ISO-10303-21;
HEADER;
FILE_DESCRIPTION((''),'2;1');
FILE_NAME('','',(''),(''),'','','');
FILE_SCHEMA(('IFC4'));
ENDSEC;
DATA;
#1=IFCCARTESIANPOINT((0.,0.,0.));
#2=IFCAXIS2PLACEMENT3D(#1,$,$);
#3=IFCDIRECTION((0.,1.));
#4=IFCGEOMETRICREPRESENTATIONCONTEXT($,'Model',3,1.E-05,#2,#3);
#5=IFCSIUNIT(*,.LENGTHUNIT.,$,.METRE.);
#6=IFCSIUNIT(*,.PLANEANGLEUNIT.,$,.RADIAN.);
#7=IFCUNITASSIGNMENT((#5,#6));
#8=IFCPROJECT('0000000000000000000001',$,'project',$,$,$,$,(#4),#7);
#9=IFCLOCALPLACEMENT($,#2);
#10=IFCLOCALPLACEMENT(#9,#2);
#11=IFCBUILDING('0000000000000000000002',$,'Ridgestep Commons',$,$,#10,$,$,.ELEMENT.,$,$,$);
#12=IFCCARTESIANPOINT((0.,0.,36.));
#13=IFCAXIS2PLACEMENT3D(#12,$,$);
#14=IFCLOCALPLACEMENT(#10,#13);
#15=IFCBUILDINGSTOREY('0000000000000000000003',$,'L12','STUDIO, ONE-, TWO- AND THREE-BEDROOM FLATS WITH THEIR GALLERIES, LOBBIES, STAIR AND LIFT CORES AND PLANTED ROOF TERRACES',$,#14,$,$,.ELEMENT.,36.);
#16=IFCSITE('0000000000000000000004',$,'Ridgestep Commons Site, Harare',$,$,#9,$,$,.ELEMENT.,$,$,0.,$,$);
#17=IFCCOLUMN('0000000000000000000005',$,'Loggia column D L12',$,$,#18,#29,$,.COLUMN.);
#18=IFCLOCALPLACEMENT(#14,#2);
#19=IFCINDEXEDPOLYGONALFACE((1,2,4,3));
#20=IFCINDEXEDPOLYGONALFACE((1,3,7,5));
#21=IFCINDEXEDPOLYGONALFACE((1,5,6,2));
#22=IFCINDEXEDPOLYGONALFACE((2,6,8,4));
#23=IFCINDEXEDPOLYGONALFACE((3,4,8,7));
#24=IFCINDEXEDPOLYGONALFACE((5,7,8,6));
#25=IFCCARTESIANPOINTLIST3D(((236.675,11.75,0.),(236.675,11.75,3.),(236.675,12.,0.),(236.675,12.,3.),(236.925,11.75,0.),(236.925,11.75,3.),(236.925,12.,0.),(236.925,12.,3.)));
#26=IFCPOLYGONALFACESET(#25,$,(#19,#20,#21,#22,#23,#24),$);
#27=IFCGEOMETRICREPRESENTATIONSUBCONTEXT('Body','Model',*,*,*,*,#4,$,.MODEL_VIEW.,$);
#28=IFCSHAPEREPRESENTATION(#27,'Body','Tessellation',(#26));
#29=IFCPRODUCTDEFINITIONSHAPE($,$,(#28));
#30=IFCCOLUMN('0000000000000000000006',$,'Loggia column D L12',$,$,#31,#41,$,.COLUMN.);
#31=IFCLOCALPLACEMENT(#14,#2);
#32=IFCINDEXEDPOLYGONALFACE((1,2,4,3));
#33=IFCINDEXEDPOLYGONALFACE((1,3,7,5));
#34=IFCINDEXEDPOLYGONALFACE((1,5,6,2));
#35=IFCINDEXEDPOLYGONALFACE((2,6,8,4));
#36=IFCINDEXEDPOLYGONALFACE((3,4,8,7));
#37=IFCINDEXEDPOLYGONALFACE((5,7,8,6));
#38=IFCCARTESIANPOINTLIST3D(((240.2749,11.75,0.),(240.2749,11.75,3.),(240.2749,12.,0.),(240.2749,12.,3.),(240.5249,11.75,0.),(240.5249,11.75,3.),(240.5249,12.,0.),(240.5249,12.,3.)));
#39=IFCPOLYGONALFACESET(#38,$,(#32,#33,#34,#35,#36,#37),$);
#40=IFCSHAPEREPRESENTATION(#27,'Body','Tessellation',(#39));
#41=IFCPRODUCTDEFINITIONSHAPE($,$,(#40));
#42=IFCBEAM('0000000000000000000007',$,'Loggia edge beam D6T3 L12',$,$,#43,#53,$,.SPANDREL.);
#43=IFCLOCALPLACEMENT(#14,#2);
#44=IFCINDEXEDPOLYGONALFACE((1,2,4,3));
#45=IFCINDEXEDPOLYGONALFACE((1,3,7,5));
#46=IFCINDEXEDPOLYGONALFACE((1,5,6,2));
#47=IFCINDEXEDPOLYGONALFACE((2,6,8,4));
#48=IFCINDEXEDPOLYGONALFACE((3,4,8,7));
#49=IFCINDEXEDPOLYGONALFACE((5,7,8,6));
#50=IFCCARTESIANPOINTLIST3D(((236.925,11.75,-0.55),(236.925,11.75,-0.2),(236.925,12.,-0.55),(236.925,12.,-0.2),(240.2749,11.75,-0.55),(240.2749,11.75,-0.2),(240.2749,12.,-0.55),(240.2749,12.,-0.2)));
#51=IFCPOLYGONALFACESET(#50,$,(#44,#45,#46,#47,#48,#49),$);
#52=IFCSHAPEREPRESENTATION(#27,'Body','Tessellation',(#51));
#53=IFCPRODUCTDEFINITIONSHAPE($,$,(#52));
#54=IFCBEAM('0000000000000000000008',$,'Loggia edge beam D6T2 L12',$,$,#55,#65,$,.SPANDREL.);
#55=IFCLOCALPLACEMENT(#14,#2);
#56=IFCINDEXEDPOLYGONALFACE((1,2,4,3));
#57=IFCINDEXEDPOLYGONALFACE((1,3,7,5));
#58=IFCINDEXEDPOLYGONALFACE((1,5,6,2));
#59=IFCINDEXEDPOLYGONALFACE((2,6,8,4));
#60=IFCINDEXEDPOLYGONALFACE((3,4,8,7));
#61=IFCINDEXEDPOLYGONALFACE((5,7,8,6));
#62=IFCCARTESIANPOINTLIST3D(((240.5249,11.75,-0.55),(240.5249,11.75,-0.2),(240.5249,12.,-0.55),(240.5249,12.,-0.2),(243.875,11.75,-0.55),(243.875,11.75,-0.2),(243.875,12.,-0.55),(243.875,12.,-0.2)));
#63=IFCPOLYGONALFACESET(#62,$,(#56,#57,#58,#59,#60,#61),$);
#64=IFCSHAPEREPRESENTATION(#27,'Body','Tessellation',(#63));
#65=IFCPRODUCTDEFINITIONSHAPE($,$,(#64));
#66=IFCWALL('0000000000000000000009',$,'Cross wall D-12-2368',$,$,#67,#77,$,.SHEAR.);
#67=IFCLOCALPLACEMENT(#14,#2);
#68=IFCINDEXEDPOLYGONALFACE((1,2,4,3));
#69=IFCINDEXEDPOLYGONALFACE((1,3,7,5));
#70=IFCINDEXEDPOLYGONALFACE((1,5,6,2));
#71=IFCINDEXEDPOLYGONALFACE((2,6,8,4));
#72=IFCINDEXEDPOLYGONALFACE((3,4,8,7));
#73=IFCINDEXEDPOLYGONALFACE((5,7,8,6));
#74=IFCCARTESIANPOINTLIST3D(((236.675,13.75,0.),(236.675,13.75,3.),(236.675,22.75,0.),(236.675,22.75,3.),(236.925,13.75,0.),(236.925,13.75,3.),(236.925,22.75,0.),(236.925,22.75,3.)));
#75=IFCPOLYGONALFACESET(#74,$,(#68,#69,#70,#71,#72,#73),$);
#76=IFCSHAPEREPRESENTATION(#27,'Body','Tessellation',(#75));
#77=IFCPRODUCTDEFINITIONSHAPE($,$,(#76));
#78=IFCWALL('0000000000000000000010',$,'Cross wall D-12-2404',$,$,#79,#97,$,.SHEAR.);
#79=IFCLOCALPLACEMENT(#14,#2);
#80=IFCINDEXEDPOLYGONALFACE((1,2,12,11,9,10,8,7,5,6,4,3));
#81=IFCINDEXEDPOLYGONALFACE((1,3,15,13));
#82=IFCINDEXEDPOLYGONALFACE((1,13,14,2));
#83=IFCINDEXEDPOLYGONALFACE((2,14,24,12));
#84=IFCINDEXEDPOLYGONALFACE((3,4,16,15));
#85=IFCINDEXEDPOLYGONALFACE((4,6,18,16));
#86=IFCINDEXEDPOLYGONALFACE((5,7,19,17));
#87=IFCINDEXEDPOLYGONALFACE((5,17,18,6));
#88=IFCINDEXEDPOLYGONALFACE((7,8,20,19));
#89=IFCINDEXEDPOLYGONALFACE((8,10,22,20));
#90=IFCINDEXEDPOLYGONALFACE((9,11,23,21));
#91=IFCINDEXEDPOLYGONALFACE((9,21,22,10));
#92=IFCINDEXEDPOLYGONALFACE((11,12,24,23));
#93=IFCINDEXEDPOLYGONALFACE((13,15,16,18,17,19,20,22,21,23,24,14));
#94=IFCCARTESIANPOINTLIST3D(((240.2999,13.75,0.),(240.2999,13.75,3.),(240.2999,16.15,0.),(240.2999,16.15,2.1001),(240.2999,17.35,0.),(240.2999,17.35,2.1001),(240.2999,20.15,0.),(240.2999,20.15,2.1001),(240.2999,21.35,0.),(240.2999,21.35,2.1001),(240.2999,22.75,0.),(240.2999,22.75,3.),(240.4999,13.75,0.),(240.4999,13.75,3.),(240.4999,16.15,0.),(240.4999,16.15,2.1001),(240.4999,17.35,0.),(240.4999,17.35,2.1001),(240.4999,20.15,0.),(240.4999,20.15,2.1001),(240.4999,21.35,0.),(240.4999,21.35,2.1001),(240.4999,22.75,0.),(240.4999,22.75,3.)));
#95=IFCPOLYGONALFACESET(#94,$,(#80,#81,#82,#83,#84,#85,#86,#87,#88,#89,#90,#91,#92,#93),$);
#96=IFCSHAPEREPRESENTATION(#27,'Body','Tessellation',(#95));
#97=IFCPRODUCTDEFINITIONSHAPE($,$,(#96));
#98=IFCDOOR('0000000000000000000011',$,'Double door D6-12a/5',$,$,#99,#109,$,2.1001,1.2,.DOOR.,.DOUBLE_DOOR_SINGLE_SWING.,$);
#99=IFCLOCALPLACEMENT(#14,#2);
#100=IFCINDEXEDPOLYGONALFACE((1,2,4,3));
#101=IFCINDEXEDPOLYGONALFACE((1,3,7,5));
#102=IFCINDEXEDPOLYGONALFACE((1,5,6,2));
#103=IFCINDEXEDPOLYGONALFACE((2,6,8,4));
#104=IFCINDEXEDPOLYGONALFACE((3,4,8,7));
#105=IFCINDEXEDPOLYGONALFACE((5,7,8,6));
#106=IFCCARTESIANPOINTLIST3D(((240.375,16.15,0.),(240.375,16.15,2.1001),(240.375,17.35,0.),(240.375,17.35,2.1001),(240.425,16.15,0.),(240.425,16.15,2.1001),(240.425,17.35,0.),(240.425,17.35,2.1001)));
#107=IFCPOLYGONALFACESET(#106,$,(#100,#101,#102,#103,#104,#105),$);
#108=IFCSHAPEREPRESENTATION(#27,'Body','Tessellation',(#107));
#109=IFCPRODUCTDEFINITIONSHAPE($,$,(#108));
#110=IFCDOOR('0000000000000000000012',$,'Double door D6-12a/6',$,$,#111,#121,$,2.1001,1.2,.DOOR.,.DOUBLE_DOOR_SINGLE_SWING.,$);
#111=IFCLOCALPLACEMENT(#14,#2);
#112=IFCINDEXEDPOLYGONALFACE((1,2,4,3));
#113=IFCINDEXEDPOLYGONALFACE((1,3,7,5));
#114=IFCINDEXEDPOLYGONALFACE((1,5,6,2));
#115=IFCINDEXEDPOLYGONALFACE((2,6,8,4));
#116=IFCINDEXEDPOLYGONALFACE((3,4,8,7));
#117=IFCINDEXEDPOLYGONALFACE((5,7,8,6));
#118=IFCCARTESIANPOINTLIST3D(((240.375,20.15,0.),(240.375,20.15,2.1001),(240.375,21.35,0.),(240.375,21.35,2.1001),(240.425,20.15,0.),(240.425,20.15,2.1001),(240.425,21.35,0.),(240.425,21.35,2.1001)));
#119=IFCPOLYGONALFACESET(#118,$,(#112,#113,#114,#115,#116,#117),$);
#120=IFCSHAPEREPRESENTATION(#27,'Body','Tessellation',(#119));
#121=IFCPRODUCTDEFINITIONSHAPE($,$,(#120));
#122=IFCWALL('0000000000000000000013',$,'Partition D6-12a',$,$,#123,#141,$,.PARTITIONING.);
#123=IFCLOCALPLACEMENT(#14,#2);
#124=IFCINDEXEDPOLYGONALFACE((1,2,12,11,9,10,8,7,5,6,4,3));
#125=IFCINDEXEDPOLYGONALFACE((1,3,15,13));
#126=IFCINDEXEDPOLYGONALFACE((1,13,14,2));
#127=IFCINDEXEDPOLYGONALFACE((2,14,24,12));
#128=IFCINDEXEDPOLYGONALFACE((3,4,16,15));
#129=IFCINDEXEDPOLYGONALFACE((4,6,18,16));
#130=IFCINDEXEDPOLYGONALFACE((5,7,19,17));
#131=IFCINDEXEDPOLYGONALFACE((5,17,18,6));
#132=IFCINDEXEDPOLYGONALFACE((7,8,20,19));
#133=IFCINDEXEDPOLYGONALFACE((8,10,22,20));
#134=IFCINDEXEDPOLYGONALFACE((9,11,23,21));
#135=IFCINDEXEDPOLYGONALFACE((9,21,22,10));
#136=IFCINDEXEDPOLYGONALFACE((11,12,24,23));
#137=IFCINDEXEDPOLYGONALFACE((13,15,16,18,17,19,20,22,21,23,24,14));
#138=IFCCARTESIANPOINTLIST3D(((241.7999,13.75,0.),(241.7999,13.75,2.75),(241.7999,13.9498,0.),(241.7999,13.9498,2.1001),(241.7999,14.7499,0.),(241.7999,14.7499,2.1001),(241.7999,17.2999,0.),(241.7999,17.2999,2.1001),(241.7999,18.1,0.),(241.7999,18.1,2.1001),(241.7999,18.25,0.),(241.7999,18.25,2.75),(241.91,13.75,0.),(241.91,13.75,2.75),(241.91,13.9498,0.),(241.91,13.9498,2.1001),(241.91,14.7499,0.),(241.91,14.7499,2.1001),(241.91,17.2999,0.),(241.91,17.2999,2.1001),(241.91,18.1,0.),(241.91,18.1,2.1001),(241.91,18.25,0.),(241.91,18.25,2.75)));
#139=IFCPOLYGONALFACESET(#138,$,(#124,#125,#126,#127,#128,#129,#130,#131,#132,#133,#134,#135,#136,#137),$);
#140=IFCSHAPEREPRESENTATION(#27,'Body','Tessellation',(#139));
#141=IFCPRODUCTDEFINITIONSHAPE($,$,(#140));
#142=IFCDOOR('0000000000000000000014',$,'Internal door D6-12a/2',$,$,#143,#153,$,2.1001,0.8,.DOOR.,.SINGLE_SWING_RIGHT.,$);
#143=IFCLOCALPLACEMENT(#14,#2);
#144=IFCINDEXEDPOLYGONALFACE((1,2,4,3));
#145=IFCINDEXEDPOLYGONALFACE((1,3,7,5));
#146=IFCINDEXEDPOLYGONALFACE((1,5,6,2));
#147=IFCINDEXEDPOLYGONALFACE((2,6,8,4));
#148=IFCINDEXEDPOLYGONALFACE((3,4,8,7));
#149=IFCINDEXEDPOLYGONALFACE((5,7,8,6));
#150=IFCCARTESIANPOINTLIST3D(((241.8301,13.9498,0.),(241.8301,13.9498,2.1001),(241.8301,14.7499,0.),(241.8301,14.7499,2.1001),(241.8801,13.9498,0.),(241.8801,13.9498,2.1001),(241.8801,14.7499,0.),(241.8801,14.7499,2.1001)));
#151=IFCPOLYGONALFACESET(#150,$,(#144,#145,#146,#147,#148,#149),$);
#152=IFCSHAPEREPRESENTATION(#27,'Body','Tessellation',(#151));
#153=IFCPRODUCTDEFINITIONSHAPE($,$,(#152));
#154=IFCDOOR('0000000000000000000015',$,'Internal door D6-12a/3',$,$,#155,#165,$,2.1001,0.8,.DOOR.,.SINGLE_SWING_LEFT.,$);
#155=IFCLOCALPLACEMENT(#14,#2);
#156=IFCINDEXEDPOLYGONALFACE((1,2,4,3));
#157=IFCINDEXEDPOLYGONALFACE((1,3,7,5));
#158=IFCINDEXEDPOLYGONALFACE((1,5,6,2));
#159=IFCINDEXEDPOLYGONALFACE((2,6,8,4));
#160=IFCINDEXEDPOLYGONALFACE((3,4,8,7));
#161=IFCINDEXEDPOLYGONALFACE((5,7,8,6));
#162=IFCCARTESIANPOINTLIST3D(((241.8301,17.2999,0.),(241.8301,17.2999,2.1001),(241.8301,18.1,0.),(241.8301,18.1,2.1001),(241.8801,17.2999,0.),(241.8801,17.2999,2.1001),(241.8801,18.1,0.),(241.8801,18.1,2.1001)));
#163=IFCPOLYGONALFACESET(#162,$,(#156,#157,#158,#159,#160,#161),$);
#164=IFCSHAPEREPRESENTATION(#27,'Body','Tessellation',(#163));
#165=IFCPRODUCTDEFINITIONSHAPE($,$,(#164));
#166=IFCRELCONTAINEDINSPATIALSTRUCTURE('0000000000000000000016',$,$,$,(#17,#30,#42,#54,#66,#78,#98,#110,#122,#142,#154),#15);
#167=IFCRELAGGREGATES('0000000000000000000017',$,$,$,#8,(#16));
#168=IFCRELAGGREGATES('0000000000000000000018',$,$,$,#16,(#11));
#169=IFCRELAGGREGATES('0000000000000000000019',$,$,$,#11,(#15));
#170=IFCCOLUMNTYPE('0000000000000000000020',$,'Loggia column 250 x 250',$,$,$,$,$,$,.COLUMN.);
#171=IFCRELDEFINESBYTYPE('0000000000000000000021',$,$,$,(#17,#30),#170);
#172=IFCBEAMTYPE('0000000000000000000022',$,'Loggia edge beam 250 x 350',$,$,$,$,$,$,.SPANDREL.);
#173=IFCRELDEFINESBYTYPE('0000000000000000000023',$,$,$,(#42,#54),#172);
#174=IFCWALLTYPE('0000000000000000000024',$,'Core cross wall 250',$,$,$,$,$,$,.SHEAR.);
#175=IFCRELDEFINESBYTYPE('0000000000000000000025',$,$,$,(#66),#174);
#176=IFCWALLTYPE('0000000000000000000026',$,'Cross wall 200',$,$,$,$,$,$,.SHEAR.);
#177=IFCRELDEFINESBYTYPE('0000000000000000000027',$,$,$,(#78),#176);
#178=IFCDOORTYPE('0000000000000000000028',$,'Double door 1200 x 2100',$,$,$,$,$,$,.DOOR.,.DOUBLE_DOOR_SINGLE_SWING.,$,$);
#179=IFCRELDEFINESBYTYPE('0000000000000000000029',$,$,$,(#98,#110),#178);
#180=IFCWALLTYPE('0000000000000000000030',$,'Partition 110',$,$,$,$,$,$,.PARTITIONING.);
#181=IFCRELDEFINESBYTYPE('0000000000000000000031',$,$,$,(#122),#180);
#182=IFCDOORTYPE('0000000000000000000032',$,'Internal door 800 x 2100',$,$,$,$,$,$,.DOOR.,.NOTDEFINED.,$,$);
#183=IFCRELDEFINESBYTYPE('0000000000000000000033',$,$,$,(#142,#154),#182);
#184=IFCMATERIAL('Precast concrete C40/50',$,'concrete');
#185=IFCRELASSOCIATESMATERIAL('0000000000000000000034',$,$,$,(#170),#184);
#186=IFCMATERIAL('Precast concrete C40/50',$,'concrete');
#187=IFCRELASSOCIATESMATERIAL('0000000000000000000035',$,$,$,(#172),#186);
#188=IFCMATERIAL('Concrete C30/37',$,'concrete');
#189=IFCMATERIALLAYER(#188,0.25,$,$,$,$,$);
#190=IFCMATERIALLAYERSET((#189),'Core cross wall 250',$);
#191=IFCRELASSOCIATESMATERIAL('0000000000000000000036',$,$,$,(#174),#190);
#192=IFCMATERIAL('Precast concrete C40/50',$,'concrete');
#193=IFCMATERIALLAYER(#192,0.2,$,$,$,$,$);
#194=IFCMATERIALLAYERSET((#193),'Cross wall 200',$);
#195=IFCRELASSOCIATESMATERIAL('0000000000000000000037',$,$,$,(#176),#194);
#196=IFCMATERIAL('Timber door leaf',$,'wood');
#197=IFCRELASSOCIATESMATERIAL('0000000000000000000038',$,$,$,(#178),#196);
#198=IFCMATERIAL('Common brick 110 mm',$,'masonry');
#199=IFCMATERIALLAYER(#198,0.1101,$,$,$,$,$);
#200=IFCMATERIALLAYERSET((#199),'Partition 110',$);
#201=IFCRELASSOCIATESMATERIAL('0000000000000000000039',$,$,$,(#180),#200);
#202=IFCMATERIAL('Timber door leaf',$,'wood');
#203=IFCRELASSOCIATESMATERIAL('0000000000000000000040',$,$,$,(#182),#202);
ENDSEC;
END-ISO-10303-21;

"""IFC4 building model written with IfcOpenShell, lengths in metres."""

from ifc_helpers import new_model, si_unit, direction, frame, frame_2d, origin, origin_2d, place, context, subcontext, project, spatial, rectangle, extrude, material, layer, layer_set, material_profile, profile_set, type_object, element, fill, save


model = new_model("IFC4")

# Units and contexts
model_context = context("Model", 3, precision=1e-05, world=origin(), true_north=direction((0.0, 1.0)))
body_context = subcontext(model_context, "Body", "Model", "MODEL_VIEW")
ifc_project = project(units=[si_unit("LENGTHUNIT", "METRE"), si_unit("PLANEANGLEUNIT", "RADIAN")], contexts=[model_context])

# Site, building, storey
site_placement = place(None, origin())
site = spatial("IfcSite", under=ifc_project, at=site_placement, Name="Ridgestep Commons Site, Harare", CompositionType="ELEMENT", RefElevation=0.0)
building_placement = place(site_placement, origin())
building = spatial("IfcBuilding", under=site, at=building_placement, Name="Ridgestep Commons", CompositionType="ELEMENT")
storey_placement = place(building_placement, frame((0.0, 0.0, 36.0)))
storey = spatial("IfcBuildingStorey", under=building, at=storey_placement, Name="L12", Description="STUDIO, ONE-, TWO- AND THREE-BEDROOM FLATS WITH THEIR GALLERIES, LOBBIES, STAIR AND LIFT CORES AND PLANTED ROOF TERRACES", CompositionType="ELEMENT", Elevation=36.0)

# Columns
ifc_material_1 = material(Name="Precast concrete C40/50", Category="concrete")
ifc_material_profile_1 = material_profile(ifc_material_1, rectangle(XDim=0.25, YDim=0.25, at=origin_2d()), Name="PC 250x250")
ifc_profile_set_1 = profile_set([ifc_material_profile_1], Name="Precast concrete C40/50")
column_type = type_object("IfcColumnType", Name="Loggia column 250 x 250", PredefinedType="COLUMN", material=ifc_profile_set_1)
for number, where, z_axis, x_axis, name in (
    (1, (236.8, 11.875, 0.0), (0.0, 0.0, 1.0), (1.0, 0.0, 0.0), "Loggia column D L12"),
    (2, (240.3999, 11.875, 0.0), (0.0, 0.0, 1.0), (1.0, 0.0, 0.0), "Loggia column D L12"),
):
    element("IfcColumn", number, at=place(storey_placement, frame(where, z_axis=z_axis, x_axis=x_axis)), inside=storey, type_object=column_type, Name=name, PredefinedType="COLUMN", context=body_context, shape_type="SweptSolid", body=[
        extrude(rectangle(XDim=0.25, YDim=0.25, at=origin_2d()), origin(), (0.0, 0.0, 1.0), 3.0),
    ])

# Beams
ifc_material_2 = material(Name="Precast concrete C40/50", Category="concrete")
ifc_material_profile_2 = material_profile(ifc_material_2, rectangle(XDim=0.25, YDim=0.3501, at=origin_2d()), Name="PC 250x350")
ifc_profile_set_2 = profile_set([ifc_material_profile_2], Name="Precast concrete C40/50")
beam_type = type_object("IfcBeamType", Name="Loggia edge beam 250 x 350", PredefinedType="SPANDREL", material=ifc_profile_set_2)
beam_1_placement = place(storey_placement, frame((236.925, 11.875, -0.375), z_axis=(1.0, 0.0, 0.0), x_axis=(0.0, 1.0, 0.0)))
element("IfcBeam", 3, at=beam_1_placement, inside=storey, type_object=beam_type, Name="Loggia edge beam D6T3 L12", PredefinedType="SPANDREL", context=body_context, shape_type="SweptSolid", body=[
    extrude(rectangle(XDim=0.25, YDim=0.3501, at=origin_2d()), origin(), (0.0, 0.0, 1.0), 3.3499),
])
beam_2_placement = place(storey_placement, frame((240.5249, 11.875, -0.375), z_axis=(1.0, 0.0, 0.0), x_axis=(0.0, 1.0, 0.0)))
element("IfcBeam", 4, at=beam_2_placement, inside=storey, type_object=beam_type, Name="Loggia edge beam D6T2 L12", PredefinedType="SPANDREL", context=body_context, shape_type="SweptSolid", body=[
    extrude(rectangle(XDim=0.25, YDim=0.3501, at=origin_2d()), origin(), (0.0, 0.0, 1.0), 3.3501),
])

# Wall
ifc_material_3 = material(Name="Concrete C30/37", Category="concrete")
ifc_layer_1 = layer(ifc_material_3, 0.25)
ifc_layer_set_1 = layer_set([ifc_layer_1], Name="Core cross wall 250")
wall_type_1 = type_object("IfcWallType", Name="Core cross wall 250", PredefinedType="SHEAR", material=ifc_layer_set_1)
wall_1_placement = place(storey_placement, frame((236.8, 13.75, 0.0), z_axis=(0.0, 0.0, 1.0), x_axis=(0.0, 1.0, 0.0)))
element("IfcWall", 5, at=wall_1_placement, inside=storey, type_object=wall_type_1, Name="Cross wall D-12-2368", PredefinedType="SHEAR", context=body_context, shape_type="SweptSolid", body=[
    extrude(rectangle(XDim=9.0, YDim=0.25, at=frame_2d((4.5, 0.0))), origin(), (0.0, 0.0, 1.0), 3.0),
])

# Walls, openings, doors
ifc_material_4 = material(Name="Precast concrete C40/50", Category="concrete")
ifc_layer_2 = layer(ifc_material_4, 0.2)
ifc_layer_set_2 = layer_set([ifc_layer_2], Name="Cross wall 200")
wall_type_2 = type_object("IfcWallType", Name="Cross wall 200", PredefinedType="SHEAR", material=ifc_layer_set_2)
wall_2_placement = place(storey_placement, frame((240.3999, 13.75, 0.0), z_axis=(0.0, 0.0, 1.0), x_axis=(0.0, 1.0, 0.0)))
wall_2 = element("IfcWall", 6, at=wall_2_placement, inside=storey, type_object=wall_type_2, Name="Cross wall D-12-2404", PredefinedType="SHEAR", context=body_context, shape_type="SweptSolid", body=[
    extrude(rectangle(XDim=9.0, YDim=0.2, at=frame_2d((4.5, 0.0))), origin(), (0.0, 0.0, 1.0), 3.0),
])
opening_1_placement = place(wall_2_placement, frame((2.3999, 0.0, 0.0)))
opening_1 = element("IfcOpeningElement", 7, at=opening_1_placement, cuts=wall_2, PredefinedType="OPENING", context=body_context, shape_type="SweptSolid", body=[
    extrude(rectangle(XDim=1.2, YDim=2.1001, at=frame_2d((0.6001, 1.05))), frame((0.0, 0.1099, 0.0), z_axis=(0.0, -1.0, 0.0), x_axis=(1.0, 0.0, 0.0)), (0.0, 0.0, 1.0), 0.22),
])
opening_2_placement = place(wall_2_placement, frame((6.3999, 0.0, 0.0)))
opening_2 = element("IfcOpeningElement", 8, at=opening_2_placement, cuts=wall_2, PredefinedType="OPENING", context=body_context, shape_type="SweptSolid", body=[
    extrude(rectangle(XDim=1.2, YDim=2.1001, at=frame_2d((0.6001, 1.05))), frame((0.0, 0.1099, 0.0), z_axis=(0.0, -1.0, 0.0), x_axis=(1.0, 0.0, 0.0)), (0.0, 0.0, 1.0), 0.22),
])
ifc_material_5 = material(Name="Timber door leaf", Category="wood")
door_type_1 = type_object("IfcDoorType", Name="Double door 1200 x 2100", OperationType="DOUBLE_DOOR_SINGLE_SWING", PredefinedType="DOOR", material=ifc_material_5)
door_1_placement = place(opening_1_placement, origin())
door_1 = element("IfcDoor", 9, at=door_1_placement, inside=storey, type_object=door_type_1, Name="Double door D6-12a/5", OperationType="DOUBLE_DOOR_SINGLE_SWING", OverallHeight=2.1001, OverallWidth=1.2, PredefinedType="DOOR", context=body_context, shape_type="SweptSolid", body=[
    extrude(rectangle(XDim=1.2, YDim=2.1001, at=frame_2d((0.6001, 1.05))), frame((0.0, 0.0249, 0.0), z_axis=(0.0, -1.0, 0.0), x_axis=(1.0, 0.0, 0.0)), (0.0, 0.0, 1.0), 0.05),
])
fill(opening_1, door_1)
door_2_placement = place(opening_2_placement, origin())
door_2 = element("IfcDoor", 10, at=door_2_placement, inside=storey, type_object=door_type_1, Name="Double door D6-12a/6", OperationType="DOUBLE_DOOR_SINGLE_SWING", OverallHeight=2.1001, OverallWidth=1.2, PredefinedType="DOOR", context=body_context, shape_type="SweptSolid", body=[
    extrude(rectangle(XDim=1.2, YDim=2.1001, at=frame_2d((0.6001, 1.05))), frame((0.0, 0.0249, 0.0), z_axis=(0.0, -1.0, 0.0), x_axis=(1.0, 0.0, 0.0)), (0.0, 0.0, 1.0), 0.05),
])
fill(opening_2, door_2)
ifc_material_6 = material(Name="Common brick 110 mm", Category="masonry")
ifc_layer_3 = layer(ifc_material_6, 0.1101)
ifc_layer_set_3 = layer_set([ifc_layer_3], Name="Partition 110")
wall_type_3 = type_object("IfcWallType", Name="Partition 110", PredefinedType="PARTITIONING", material=ifc_layer_set_3)
wall_3_placement = place(storey_placement, frame((241.855, 13.75, 0.0), z_axis=(0.0, 0.0, 1.0), x_axis=(0.0, 1.0, 0.0)))
wall_3 = element("IfcWall", 11, at=wall_3_placement, inside=storey, type_object=wall_type_3, Name="Partition D6-12a", PredefinedType="PARTITIONING", context=body_context, shape_type="SweptSolid", body=[
    extrude(rectangle(XDim=4.5, YDim=0.1101, at=frame_2d((2.25, 0.0))), origin(), (0.0, 0.0, 1.0), 2.75),
])
opening_3_placement = place(wall_3_placement, frame((0.2, 0.0, 0.0)))
opening_3 = element("IfcOpeningElement", 12, at=opening_3_placement, cuts=wall_3, PredefinedType="OPENING", context=body_context, shape_type="SweptSolid", body=[
    extrude(rectangle(XDim=0.8, YDim=2.1001, at=frame_2d((0.3999, 1.05))), frame((0.0, 0.0649, 0.0), z_axis=(0.0, -1.0, 0.0), x_axis=(1.0, 0.0, 0.0)), (0.0, 0.0, 1.0), 0.1301),
])
opening_4_placement = place(wall_3_placement, frame((3.55, 0.0, 0.0)))
opening_4 = element("IfcOpeningElement", 13, at=opening_4_placement, cuts=wall_3, PredefinedType="OPENING", context=body_context, shape_type="SweptSolid", body=[
    extrude(rectangle(XDim=0.8, YDim=2.1001, at=frame_2d((0.3999, 1.05))), frame((0.0, 0.0649, 0.0), z_axis=(0.0, -1.0, 0.0), x_axis=(1.0, 0.0, 0.0)), (0.0, 0.0, 1.0), 0.1301),
])
ifc_material_7 = material(Name="Timber door leaf", Category="wood")
door_type_2 = type_object("IfcDoorType", Name="Internal door 800 x 2100", OperationType="NOTDEFINED", PredefinedType="DOOR", material=ifc_material_7)
door_3_placement = place(opening_3_placement, origin())
door_3 = element("IfcDoor", 14, at=door_3_placement, inside=storey, type_object=door_type_2, Name="Internal door D6-12a/2", OperationType="SINGLE_SWING_RIGHT", OverallHeight=2.1001, OverallWidth=0.8, PredefinedType="DOOR", context=body_context, shape_type="SweptSolid", body=[
    extrude(rectangle(XDim=0.8, YDim=2.1001, at=frame_2d((0.3999, 1.05))), frame((0.0, 0.0249, 0.0), z_axis=(0.0, -1.0, 0.0), x_axis=(1.0, 0.0, 0.0)), (0.0, 0.0, 1.0), 0.05),
])
fill(opening_3, door_3)
door_4_placement = place(opening_4_placement, origin())
door_4 = element("IfcDoor", 15, at=door_4_placement, inside=storey, type_object=door_type_2, Name="Internal door D6-12a/3", OperationType="SINGLE_SWING_LEFT", OverallHeight=2.1001, OverallWidth=0.8, PredefinedType="DOOR", context=body_context, shape_type="SweptSolid", body=[
    extrude(rectangle(XDim=0.8, YDim=2.1001, at=frame_2d((0.3999, 1.05))), frame((0.0, 0.0249, 0.0), z_axis=(0.0, -1.0, 0.0), x_axis=(1.0, 0.0, 0.0)), (0.0, 0.0, 1.0), 0.05),
])
fill(opening_4, door_4)

save(model, "model.ifc")
